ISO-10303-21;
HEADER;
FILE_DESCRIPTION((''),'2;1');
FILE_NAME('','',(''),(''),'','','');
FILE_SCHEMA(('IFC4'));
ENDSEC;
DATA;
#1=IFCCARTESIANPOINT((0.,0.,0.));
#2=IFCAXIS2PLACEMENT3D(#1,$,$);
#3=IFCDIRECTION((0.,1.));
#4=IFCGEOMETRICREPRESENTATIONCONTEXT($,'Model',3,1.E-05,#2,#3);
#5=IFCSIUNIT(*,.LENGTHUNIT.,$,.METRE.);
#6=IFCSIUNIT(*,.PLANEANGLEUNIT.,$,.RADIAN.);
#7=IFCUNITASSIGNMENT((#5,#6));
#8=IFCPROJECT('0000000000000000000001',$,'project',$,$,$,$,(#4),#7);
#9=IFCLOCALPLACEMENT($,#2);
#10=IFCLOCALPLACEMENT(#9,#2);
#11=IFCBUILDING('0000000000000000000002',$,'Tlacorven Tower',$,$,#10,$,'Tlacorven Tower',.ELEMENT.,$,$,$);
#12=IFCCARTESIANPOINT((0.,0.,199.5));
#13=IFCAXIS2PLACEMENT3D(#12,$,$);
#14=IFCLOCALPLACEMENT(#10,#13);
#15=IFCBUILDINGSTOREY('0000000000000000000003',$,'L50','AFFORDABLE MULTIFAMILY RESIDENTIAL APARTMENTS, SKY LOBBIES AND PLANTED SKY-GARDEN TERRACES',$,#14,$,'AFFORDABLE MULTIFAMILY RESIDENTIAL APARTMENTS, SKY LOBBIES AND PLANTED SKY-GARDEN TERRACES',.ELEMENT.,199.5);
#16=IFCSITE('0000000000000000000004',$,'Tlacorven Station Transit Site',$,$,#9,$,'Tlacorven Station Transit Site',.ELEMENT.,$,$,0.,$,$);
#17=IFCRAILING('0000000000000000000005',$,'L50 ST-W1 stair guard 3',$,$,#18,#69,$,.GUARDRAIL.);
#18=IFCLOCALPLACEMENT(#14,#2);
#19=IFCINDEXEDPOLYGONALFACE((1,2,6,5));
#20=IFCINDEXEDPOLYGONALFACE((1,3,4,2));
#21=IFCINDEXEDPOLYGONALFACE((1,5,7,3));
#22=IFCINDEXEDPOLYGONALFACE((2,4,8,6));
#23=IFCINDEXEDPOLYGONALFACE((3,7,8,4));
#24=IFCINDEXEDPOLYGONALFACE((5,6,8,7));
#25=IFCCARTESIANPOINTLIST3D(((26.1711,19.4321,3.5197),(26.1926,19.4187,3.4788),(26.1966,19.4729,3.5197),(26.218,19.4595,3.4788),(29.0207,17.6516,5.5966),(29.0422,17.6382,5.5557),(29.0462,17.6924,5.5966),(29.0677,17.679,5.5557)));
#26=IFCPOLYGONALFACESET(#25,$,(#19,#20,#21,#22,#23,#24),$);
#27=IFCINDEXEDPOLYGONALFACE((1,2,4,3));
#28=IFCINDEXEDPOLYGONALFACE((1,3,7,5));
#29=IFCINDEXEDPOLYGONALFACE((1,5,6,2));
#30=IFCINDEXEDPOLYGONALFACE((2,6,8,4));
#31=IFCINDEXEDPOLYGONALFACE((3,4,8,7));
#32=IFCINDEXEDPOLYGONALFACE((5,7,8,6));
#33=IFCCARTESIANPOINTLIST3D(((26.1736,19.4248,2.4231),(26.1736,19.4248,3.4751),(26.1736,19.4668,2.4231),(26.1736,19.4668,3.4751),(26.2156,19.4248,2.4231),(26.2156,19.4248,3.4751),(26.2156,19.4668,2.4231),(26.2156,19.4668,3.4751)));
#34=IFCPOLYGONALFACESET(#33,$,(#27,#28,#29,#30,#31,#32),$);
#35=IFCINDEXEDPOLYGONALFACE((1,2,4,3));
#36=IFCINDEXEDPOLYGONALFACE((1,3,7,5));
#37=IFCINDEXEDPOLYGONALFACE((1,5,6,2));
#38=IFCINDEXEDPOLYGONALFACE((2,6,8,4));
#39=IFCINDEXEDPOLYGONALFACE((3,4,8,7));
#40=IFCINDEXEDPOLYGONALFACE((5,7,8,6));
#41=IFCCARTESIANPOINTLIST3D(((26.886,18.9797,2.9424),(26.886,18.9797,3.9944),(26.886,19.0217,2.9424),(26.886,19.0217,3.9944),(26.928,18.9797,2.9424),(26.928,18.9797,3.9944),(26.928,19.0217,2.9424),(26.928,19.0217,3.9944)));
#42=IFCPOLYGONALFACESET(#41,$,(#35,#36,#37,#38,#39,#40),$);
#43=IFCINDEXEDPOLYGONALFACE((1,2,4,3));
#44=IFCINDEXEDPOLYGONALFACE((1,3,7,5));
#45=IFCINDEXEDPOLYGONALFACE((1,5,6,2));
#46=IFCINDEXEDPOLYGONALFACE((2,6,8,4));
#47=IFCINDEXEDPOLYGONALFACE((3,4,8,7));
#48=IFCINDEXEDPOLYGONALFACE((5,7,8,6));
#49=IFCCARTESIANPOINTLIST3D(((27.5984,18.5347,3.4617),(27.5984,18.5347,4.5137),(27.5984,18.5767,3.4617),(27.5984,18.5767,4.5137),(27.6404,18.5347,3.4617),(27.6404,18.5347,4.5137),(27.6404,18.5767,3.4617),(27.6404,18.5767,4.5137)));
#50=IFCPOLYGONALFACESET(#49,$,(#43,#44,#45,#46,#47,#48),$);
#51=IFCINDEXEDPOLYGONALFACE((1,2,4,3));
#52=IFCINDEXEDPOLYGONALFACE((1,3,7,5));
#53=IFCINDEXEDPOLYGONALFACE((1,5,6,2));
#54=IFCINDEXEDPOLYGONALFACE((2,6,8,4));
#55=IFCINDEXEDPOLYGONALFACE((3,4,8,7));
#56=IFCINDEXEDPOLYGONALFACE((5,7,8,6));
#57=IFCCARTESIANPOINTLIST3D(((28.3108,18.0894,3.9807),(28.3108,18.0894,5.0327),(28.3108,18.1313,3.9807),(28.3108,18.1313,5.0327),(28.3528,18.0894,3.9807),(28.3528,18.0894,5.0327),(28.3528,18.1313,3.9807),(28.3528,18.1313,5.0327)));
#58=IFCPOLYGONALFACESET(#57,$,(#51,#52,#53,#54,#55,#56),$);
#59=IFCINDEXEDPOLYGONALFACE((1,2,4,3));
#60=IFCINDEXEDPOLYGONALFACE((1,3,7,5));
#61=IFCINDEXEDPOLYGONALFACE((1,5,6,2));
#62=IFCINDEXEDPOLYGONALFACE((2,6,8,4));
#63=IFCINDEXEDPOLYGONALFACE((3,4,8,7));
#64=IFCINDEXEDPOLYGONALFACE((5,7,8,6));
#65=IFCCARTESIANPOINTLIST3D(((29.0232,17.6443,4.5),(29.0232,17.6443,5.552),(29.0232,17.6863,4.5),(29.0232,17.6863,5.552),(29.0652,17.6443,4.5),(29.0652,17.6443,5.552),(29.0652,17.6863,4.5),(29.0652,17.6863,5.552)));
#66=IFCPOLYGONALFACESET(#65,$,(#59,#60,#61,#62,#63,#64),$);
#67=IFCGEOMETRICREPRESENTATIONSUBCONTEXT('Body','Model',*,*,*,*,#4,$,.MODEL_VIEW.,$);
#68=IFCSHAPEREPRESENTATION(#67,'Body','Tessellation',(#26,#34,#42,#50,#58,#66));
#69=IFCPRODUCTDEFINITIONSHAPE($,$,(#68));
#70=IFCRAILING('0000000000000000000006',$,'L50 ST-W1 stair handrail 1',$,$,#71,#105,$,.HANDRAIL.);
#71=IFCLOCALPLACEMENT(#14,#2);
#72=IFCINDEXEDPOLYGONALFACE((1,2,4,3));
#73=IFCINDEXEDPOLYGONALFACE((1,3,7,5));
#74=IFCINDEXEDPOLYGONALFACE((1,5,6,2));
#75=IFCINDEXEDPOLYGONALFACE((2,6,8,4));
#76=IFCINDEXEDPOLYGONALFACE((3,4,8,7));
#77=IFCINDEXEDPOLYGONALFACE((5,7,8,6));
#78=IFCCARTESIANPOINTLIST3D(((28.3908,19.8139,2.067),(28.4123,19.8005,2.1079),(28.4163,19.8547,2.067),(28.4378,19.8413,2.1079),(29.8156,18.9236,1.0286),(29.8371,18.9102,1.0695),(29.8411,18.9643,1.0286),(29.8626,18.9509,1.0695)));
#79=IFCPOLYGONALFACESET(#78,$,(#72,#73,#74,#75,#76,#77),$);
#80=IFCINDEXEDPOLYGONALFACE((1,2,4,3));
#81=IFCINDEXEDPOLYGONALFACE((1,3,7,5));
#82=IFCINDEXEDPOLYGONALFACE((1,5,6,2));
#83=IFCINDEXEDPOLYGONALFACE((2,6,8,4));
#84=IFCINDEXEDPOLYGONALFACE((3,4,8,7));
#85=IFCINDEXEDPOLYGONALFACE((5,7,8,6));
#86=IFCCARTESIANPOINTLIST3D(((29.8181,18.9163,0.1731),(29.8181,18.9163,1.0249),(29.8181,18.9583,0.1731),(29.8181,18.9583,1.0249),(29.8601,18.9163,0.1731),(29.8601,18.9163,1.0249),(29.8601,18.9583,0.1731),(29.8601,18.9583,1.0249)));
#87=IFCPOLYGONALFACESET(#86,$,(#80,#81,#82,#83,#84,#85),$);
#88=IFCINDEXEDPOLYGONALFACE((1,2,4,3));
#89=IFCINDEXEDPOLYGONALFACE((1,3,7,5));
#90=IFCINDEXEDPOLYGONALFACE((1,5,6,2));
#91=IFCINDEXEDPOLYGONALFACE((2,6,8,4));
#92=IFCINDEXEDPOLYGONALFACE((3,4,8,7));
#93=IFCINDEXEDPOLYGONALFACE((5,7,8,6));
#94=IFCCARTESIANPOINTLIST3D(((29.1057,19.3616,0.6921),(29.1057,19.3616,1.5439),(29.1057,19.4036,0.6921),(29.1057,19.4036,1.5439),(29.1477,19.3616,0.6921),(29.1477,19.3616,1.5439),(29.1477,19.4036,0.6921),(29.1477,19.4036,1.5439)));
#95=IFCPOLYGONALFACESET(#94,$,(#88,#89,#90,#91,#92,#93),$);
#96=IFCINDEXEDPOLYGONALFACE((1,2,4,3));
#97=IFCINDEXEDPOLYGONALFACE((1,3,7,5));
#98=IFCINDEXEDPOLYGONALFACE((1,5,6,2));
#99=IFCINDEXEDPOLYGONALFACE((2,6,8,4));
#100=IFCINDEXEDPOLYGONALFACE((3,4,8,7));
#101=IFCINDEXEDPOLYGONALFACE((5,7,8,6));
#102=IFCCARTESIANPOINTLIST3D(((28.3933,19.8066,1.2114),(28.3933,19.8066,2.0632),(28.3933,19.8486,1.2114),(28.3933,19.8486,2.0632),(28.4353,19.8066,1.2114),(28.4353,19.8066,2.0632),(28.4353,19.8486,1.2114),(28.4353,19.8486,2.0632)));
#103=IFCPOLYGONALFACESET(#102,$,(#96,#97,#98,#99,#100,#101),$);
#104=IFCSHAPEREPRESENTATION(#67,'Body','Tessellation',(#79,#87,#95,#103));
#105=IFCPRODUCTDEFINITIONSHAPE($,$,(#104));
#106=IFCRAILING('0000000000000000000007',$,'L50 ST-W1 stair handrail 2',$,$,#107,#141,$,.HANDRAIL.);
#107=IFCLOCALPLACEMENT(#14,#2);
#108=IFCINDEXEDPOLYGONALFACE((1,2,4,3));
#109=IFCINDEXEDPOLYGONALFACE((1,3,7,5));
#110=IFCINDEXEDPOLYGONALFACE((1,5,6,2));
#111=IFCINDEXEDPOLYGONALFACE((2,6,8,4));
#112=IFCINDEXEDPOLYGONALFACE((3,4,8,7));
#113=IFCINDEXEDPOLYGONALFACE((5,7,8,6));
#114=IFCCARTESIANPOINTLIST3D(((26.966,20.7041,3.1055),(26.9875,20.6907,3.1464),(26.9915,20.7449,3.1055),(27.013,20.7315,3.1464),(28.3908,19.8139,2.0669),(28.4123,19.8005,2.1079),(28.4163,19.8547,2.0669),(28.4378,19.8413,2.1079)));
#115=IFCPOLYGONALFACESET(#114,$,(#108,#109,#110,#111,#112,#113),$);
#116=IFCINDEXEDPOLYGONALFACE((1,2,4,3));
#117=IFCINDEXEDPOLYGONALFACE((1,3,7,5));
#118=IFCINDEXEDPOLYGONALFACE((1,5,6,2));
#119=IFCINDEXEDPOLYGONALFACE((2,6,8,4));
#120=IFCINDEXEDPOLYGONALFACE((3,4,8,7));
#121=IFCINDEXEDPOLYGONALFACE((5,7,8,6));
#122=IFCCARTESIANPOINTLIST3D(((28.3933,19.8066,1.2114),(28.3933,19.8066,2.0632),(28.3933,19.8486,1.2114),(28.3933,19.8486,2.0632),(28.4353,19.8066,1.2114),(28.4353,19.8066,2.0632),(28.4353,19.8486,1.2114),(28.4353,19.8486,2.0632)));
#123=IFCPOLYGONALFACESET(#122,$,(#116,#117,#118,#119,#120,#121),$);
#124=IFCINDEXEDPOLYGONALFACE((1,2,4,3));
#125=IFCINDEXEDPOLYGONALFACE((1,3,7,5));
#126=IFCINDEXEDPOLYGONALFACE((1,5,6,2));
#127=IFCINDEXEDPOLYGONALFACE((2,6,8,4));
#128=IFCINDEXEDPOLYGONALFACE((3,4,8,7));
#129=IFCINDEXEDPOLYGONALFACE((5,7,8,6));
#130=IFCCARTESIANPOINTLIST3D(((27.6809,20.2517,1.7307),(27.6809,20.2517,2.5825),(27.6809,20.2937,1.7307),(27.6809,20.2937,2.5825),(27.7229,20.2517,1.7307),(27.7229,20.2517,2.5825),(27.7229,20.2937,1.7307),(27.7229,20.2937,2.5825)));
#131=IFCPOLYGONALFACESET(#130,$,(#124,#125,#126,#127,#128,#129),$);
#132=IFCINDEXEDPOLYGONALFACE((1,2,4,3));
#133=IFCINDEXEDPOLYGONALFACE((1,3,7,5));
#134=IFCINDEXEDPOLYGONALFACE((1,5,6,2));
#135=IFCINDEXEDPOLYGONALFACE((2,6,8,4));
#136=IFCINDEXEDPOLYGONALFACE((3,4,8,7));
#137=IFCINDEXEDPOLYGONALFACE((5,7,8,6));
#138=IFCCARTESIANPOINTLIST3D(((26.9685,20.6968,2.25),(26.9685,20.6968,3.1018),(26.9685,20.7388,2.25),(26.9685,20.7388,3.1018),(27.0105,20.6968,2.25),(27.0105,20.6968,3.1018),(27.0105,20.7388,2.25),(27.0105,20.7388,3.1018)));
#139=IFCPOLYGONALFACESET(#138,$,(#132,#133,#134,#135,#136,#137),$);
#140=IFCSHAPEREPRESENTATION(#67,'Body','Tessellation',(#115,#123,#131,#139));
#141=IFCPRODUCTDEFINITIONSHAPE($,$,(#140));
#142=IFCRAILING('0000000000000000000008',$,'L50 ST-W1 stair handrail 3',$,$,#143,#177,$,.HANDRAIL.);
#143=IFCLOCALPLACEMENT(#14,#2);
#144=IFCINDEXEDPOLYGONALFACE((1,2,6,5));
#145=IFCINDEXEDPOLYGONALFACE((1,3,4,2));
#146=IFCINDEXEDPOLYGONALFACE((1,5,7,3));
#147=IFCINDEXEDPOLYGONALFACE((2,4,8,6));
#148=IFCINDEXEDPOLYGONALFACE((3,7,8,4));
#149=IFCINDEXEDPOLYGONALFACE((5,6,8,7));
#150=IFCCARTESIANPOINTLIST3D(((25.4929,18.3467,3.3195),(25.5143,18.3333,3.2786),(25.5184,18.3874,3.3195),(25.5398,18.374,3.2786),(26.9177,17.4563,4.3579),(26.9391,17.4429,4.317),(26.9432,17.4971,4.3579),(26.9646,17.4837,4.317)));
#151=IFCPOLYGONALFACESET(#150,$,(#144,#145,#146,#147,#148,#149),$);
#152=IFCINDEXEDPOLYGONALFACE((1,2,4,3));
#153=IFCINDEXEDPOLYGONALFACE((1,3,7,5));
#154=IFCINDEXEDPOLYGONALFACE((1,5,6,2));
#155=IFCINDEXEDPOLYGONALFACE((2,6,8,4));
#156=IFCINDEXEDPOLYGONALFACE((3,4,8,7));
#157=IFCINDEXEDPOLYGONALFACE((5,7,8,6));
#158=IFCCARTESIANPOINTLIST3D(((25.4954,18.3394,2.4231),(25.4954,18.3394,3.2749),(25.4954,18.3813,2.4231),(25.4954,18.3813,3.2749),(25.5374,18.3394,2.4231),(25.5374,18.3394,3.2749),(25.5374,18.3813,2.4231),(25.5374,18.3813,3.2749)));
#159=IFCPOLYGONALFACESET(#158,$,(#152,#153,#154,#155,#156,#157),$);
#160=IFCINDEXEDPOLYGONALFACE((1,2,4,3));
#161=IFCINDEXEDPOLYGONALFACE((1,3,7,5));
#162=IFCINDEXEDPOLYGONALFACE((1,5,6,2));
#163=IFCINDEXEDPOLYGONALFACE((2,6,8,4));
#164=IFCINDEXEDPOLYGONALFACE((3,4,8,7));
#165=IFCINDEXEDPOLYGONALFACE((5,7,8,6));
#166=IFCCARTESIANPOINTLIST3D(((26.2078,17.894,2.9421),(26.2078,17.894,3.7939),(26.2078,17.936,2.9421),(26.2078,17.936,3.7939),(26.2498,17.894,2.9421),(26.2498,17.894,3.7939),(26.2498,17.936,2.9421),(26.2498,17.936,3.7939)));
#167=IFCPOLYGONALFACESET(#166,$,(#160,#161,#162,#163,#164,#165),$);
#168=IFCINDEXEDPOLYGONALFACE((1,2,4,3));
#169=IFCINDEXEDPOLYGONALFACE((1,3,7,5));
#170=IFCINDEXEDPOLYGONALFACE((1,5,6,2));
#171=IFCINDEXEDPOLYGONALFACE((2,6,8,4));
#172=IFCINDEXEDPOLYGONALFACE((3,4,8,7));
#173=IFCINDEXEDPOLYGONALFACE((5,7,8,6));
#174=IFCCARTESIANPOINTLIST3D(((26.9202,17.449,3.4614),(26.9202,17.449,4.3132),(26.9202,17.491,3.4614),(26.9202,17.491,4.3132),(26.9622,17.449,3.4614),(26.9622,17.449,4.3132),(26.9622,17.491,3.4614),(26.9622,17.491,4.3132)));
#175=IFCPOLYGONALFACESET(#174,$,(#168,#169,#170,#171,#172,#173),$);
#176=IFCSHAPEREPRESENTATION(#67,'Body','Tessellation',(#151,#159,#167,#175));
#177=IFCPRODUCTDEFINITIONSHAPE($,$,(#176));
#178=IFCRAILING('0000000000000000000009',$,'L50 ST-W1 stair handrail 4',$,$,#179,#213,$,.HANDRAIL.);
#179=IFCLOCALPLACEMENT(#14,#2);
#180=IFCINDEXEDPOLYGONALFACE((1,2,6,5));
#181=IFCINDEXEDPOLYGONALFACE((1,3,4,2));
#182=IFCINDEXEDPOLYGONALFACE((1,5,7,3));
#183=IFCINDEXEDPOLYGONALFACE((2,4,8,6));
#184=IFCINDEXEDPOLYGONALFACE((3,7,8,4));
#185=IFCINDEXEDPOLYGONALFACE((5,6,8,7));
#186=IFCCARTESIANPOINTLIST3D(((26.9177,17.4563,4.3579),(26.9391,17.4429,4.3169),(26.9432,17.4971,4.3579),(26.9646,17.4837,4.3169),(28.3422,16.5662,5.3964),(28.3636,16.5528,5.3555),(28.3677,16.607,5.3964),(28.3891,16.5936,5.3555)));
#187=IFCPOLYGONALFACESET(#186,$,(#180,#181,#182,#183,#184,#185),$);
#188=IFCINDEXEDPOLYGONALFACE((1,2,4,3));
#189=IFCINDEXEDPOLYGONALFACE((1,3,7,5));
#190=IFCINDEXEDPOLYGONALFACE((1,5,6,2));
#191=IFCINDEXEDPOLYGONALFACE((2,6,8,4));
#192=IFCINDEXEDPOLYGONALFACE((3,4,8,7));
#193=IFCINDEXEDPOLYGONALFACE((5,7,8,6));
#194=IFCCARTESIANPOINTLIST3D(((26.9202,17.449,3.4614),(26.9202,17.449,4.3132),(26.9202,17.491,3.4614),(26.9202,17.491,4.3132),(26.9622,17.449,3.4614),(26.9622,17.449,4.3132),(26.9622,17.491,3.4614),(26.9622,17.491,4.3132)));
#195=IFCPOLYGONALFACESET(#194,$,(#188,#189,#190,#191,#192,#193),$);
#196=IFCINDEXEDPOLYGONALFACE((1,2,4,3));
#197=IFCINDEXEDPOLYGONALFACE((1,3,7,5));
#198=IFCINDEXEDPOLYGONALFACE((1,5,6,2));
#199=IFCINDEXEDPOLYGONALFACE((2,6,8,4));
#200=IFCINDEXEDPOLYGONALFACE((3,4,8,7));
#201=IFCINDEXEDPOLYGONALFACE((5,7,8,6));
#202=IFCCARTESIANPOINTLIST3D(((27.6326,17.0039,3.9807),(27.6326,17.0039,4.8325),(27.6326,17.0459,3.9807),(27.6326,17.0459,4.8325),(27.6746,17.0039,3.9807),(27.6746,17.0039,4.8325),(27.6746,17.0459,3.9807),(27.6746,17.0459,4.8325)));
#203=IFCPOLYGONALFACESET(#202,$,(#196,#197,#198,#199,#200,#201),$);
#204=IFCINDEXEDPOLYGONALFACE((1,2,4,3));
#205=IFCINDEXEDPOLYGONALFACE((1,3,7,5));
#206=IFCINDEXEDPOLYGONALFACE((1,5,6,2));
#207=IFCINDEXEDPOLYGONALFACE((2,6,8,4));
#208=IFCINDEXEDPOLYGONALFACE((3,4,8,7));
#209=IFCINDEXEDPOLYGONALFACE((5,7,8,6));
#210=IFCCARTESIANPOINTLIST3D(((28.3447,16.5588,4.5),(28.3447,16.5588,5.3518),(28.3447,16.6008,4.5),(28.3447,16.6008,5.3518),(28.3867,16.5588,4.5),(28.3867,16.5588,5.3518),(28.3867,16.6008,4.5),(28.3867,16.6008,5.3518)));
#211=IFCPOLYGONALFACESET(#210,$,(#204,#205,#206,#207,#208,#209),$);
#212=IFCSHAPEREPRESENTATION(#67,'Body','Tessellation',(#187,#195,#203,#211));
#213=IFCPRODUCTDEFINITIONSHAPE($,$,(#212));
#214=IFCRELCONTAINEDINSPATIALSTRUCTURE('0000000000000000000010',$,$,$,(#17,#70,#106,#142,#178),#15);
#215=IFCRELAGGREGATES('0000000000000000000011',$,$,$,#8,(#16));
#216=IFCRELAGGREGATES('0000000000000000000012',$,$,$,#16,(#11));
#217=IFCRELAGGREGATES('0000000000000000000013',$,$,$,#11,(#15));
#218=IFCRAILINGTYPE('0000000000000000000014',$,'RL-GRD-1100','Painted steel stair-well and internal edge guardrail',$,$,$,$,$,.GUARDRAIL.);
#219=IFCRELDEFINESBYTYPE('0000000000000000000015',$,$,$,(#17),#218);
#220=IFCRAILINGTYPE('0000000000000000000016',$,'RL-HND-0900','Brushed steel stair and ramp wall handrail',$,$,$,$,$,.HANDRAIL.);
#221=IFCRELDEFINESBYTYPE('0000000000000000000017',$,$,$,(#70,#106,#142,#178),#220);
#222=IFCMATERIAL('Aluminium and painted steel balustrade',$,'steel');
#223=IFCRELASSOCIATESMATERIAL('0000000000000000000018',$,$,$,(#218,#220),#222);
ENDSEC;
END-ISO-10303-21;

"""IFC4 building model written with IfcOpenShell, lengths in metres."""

from ifc_helpers import new_model, si_unit, direction, frame, origin, origin_2d, place, context, subcontext, project, spatial, rectangle, extrude, source, transform, mapped, material, type_object, element, save


model = new_model("IFC4")

# Units and contexts
model_context = context("Model", 3, precision=1e-05, world=origin(), true_north=direction((0.0, 1.0)))
body_context = subcontext(model_context, "Body", "Model", "MODEL_VIEW")
ifc_project = project(units=[si_unit("LENGTHUNIT", "METRE"), si_unit("PLANEANGLEUNIT", "RADIAN")], contexts=[model_context])

# Site, building, storey
site_placement = place(None, origin())
site = spatial("IfcSite", under=ifc_project, at=site_placement, Name="Tlacorven Station Transit Site", LongName="Tlacorven Station Transit Site", CompositionType="ELEMENT", RefElevation=0.0)
building_placement = place(site_placement, origin())
building = spatial("IfcBuilding", under=site, at=building_placement, Name="Tlacorven Tower", LongName="Tlacorven Tower", CompositionType="ELEMENT")
storey_placement = place(building_placement, frame((0.0, 0.0, 199.5)))
storey = spatial("IfcBuildingStorey", under=building, at=storey_placement, Name="L50", Description="AFFORDABLE MULTIFAMILY RESIDENTIAL APARTMENTS, SKY LOBBIES AND PLANTED SKY-GARDEN TERRACES", LongName="AFFORDABLE MULTIFAMILY RESIDENTIAL APARTMENTS, SKY LOBBIES AND PLANTED SKY-GARDEN TERRACES", CompositionType="ELEMENT", Elevation=199.5)

# Railings
ifc_material_1 = material(Name="Aluminium and painted steel balustrade", Category="steel")
railing_type_1 = type_object("IfcRailingType", Name="RL-GRD-1100", Description="Painted steel stair-well and internal edge guardrail", PredefinedType="GUARDRAIL", material=ifc_material_1)
shared_shape_1 = source(origin(), body_context, "Body", "SweptSolid", [
    extrude(rectangle(XDim=0.0481, YDim=0.0481, at=origin_2d()), frame((0.0, 0.0, 1.0762), z_axis=(0.721384, -0.450742, 0.525772), x_axis=(0.529894, 0.848064, 0.0)), (0.0, 0.0, 1.0), 3.9502),
    extrude(rectangle(XDim=0.042, YDim=0.042, at=origin_2d()), origin(), (0.0, 0.0, 1.0), 1.052),
    extrude(rectangle(XDim=0.042, YDim=0.042, at=origin_2d()), frame((0.7124, -0.4451, 0.5193)), (0.0, 0.0, 1.0), 1.052),
    extrude(rectangle(XDim=0.042, YDim=0.042, at=origin_2d()), frame((1.4248, -0.8901, 1.0386)), (0.0, 0.0, 1.0), 1.052),
    extrude(rectangle(XDim=0.042, YDim=0.042, at=origin_2d()), frame((2.1372, -1.3354, 1.5576)), (0.0, 0.0, 1.0), 1.052),
    extrude(rectangle(XDim=0.042, YDim=0.042, at=origin_2d()), frame((2.8496, -1.7805, 2.0769)), (0.0, 0.0, 1.0), 1.052),
])
railing_1_placement = place(storey_placement, frame((26.1946, 19.4458, 2.4231)))
element("IfcRailing", 1, at=railing_1_placement, inside=storey, type_object=railing_type_1, Name="L50 ST-W1 stair guard 3", PredefinedType="GUARDRAIL", context=body_context, shape_type="MappedRepresentation", body=[
    mapped(shared_shape_1, transform((0.0, 0.0, 0.0), scale=1.0)),
])
railing_type_2 = type_object("IfcRailingType", Name="RL-HND-0900", Description="Brushed steel stair and ramp wall handrail", PredefinedType="HANDRAIL", material=ifc_material_1)
shared_shape_2 = source(origin(), body_context, "Body", "SweptSolid", [
    extrude(rectangle(XDim=0.0481, YDim=0.0481, at=origin_2d()), frame((0.0, 0.0, 0.876), z_axis=(-0.721388, 0.450805, 0.525713), x_axis=(-0.529947, -0.848031, 0.0)), (0.0, 0.0, 1.0), 1.9751),
    extrude(rectangle(XDim=0.042, YDim=0.042, at=origin_2d()), origin(), (0.0, 0.0, 1.0), 0.8518),
    extrude(rectangle(XDim=0.042, YDim=0.042, at=origin_2d()), frame((-0.7124, 0.4453, 0.519)), (0.0, 0.0, 1.0), 0.8518),
    extrude(rectangle(XDim=0.042, YDim=0.042, at=origin_2d()), frame((-1.4248, 0.8904, 1.0383)), (0.0, 0.0, 1.0), 0.8518),
])
railing_2_placement = place(storey_placement, frame((29.8391, 18.9373, 0.1731)))
element("IfcRailing", 2, at=railing_2_placement, inside=storey, type_object=railing_type_2, Name="L50 ST-W1 stair handrail 1", PredefinedType="HANDRAIL", context=body_context, shape_type="MappedRepresentation", body=[
    mapped(shared_shape_2, transform((0.0, 0.0, 0.0), scale=1.0)),
])
shared_shape_3 = source(origin(), body_context, "Body", "SweptSolid", [
    extrude(rectangle(XDim=0.0481, YDim=0.0481, at=origin_2d()), frame((0.0, 0.0, 0.876), z_axis=(-0.721381, 0.450678, 0.525832), x_axis=(-0.529842, -0.848096, 0.0)), (0.0, 0.0, 1.0), 1.9751),
    extrude(rectangle(XDim=0.042, YDim=0.042, at=origin_2d()), origin(), (0.0, 0.0, 1.0), 0.8518),
    extrude(rectangle(XDim=0.042, YDim=0.042, at=origin_2d()), frame((-0.7124, 0.4451, 0.5193)), (0.0, 0.0, 1.0), 0.8518),
    extrude(rectangle(XDim=0.042, YDim=0.042, at=origin_2d()), frame((-1.4248, 0.8901, 1.0386)), (0.0, 0.0, 1.0), 0.8518),
])
railing_3_placement = place(storey_placement, frame((28.4143, 19.8276, 1.2114)))
element("IfcRailing", 3, at=railing_3_placement, inside=storey, type_object=railing_type_2, Name="L50 ST-W1 stair handrail 2", PredefinedType="HANDRAIL", context=body_context, shape_type="MappedRepresentation", body=[
    mapped(shared_shape_3, transform((0.0, 0.0, 0.0), scale=1.0)),
])
shared_shape_4 = source(origin(), body_context, "Body", "SweptSolid", [
    extrude(rectangle(XDim=0.0481, YDim=0.0481, at=origin_2d()), frame((0.0, 0.0, 0.876), z_axis=(0.721388, -0.450805, 0.525713), x_axis=(0.529947, 0.848031, 0.0)), (0.0, 0.0, 1.0), 1.9751),
    extrude(rectangle(XDim=0.042, YDim=0.042, at=origin_2d()), origin(), (0.0, 0.0, 1.0), 0.8518),
    extrude(rectangle(XDim=0.042, YDim=0.042, at=origin_2d()), frame((0.7124, -0.4453, 0.519)), (0.0, 0.0, 1.0), 0.8518),
    extrude(rectangle(XDim=0.042, YDim=0.042, at=origin_2d()), frame((1.4248, -0.8904, 1.0383)), (0.0, 0.0, 1.0), 0.8518),
])
railing_4_placement = place(storey_placement, frame((25.5164, 18.3604, 2.4231)))
element("IfcRailing", 4, at=railing_4_placement, inside=storey, type_object=railing_type_2, Name="L50 ST-W1 stair handrail 3", PredefinedType="HANDRAIL", context=body_context, shape_type="MappedRepresentation", body=[
    mapped(shared_shape_4, transform((0.0, 0.0, 0.0), scale=1.0)),
])
shared_shape_5 = source(origin(), body_context, "Body", "SweptSolid", [
    extrude(rectangle(XDim=0.0481, YDim=0.0481, at=origin_2d()), frame((0.0, 0.0, 0.876), z_axis=(0.721322, -0.450718, 0.525879), x_axis=(0.529907, 0.848055, 0.0)), (0.0, 0.0, 1.0), 1.9749),
    extrude(rectangle(XDim=0.042, YDim=0.042, at=origin_2d()), origin(), (0.0, 0.0, 1.0), 0.8518),
    extrude(rectangle(XDim=0.042, YDim=0.042, at=origin_2d()), frame((0.7124, -0.4451, 0.5193)), (0.0, 0.0, 1.0), 0.8518),
    extrude(rectangle(XDim=0.042, YDim=0.042, at=origin_2d()), frame((1.4246, -0.8901, 1.0386)), (0.0, 0.0, 1.0), 0.8518),
])
railing_5_placement = place(storey_placement, frame((26.9412, 17.47, 3.4614)))
element("IfcRailing", 5, at=railing_5_placement, inside=storey, type_object=railing_type_2, Name="L50 ST-W1 stair handrail 4", PredefinedType="HANDRAIL", context=body_context, shape_type="MappedRepresentation", body=[
    mapped(shared_shape_5, transform((0.0, 0.0, 0.0), scale=1.0)),
])

save(model, "model.ifc")
